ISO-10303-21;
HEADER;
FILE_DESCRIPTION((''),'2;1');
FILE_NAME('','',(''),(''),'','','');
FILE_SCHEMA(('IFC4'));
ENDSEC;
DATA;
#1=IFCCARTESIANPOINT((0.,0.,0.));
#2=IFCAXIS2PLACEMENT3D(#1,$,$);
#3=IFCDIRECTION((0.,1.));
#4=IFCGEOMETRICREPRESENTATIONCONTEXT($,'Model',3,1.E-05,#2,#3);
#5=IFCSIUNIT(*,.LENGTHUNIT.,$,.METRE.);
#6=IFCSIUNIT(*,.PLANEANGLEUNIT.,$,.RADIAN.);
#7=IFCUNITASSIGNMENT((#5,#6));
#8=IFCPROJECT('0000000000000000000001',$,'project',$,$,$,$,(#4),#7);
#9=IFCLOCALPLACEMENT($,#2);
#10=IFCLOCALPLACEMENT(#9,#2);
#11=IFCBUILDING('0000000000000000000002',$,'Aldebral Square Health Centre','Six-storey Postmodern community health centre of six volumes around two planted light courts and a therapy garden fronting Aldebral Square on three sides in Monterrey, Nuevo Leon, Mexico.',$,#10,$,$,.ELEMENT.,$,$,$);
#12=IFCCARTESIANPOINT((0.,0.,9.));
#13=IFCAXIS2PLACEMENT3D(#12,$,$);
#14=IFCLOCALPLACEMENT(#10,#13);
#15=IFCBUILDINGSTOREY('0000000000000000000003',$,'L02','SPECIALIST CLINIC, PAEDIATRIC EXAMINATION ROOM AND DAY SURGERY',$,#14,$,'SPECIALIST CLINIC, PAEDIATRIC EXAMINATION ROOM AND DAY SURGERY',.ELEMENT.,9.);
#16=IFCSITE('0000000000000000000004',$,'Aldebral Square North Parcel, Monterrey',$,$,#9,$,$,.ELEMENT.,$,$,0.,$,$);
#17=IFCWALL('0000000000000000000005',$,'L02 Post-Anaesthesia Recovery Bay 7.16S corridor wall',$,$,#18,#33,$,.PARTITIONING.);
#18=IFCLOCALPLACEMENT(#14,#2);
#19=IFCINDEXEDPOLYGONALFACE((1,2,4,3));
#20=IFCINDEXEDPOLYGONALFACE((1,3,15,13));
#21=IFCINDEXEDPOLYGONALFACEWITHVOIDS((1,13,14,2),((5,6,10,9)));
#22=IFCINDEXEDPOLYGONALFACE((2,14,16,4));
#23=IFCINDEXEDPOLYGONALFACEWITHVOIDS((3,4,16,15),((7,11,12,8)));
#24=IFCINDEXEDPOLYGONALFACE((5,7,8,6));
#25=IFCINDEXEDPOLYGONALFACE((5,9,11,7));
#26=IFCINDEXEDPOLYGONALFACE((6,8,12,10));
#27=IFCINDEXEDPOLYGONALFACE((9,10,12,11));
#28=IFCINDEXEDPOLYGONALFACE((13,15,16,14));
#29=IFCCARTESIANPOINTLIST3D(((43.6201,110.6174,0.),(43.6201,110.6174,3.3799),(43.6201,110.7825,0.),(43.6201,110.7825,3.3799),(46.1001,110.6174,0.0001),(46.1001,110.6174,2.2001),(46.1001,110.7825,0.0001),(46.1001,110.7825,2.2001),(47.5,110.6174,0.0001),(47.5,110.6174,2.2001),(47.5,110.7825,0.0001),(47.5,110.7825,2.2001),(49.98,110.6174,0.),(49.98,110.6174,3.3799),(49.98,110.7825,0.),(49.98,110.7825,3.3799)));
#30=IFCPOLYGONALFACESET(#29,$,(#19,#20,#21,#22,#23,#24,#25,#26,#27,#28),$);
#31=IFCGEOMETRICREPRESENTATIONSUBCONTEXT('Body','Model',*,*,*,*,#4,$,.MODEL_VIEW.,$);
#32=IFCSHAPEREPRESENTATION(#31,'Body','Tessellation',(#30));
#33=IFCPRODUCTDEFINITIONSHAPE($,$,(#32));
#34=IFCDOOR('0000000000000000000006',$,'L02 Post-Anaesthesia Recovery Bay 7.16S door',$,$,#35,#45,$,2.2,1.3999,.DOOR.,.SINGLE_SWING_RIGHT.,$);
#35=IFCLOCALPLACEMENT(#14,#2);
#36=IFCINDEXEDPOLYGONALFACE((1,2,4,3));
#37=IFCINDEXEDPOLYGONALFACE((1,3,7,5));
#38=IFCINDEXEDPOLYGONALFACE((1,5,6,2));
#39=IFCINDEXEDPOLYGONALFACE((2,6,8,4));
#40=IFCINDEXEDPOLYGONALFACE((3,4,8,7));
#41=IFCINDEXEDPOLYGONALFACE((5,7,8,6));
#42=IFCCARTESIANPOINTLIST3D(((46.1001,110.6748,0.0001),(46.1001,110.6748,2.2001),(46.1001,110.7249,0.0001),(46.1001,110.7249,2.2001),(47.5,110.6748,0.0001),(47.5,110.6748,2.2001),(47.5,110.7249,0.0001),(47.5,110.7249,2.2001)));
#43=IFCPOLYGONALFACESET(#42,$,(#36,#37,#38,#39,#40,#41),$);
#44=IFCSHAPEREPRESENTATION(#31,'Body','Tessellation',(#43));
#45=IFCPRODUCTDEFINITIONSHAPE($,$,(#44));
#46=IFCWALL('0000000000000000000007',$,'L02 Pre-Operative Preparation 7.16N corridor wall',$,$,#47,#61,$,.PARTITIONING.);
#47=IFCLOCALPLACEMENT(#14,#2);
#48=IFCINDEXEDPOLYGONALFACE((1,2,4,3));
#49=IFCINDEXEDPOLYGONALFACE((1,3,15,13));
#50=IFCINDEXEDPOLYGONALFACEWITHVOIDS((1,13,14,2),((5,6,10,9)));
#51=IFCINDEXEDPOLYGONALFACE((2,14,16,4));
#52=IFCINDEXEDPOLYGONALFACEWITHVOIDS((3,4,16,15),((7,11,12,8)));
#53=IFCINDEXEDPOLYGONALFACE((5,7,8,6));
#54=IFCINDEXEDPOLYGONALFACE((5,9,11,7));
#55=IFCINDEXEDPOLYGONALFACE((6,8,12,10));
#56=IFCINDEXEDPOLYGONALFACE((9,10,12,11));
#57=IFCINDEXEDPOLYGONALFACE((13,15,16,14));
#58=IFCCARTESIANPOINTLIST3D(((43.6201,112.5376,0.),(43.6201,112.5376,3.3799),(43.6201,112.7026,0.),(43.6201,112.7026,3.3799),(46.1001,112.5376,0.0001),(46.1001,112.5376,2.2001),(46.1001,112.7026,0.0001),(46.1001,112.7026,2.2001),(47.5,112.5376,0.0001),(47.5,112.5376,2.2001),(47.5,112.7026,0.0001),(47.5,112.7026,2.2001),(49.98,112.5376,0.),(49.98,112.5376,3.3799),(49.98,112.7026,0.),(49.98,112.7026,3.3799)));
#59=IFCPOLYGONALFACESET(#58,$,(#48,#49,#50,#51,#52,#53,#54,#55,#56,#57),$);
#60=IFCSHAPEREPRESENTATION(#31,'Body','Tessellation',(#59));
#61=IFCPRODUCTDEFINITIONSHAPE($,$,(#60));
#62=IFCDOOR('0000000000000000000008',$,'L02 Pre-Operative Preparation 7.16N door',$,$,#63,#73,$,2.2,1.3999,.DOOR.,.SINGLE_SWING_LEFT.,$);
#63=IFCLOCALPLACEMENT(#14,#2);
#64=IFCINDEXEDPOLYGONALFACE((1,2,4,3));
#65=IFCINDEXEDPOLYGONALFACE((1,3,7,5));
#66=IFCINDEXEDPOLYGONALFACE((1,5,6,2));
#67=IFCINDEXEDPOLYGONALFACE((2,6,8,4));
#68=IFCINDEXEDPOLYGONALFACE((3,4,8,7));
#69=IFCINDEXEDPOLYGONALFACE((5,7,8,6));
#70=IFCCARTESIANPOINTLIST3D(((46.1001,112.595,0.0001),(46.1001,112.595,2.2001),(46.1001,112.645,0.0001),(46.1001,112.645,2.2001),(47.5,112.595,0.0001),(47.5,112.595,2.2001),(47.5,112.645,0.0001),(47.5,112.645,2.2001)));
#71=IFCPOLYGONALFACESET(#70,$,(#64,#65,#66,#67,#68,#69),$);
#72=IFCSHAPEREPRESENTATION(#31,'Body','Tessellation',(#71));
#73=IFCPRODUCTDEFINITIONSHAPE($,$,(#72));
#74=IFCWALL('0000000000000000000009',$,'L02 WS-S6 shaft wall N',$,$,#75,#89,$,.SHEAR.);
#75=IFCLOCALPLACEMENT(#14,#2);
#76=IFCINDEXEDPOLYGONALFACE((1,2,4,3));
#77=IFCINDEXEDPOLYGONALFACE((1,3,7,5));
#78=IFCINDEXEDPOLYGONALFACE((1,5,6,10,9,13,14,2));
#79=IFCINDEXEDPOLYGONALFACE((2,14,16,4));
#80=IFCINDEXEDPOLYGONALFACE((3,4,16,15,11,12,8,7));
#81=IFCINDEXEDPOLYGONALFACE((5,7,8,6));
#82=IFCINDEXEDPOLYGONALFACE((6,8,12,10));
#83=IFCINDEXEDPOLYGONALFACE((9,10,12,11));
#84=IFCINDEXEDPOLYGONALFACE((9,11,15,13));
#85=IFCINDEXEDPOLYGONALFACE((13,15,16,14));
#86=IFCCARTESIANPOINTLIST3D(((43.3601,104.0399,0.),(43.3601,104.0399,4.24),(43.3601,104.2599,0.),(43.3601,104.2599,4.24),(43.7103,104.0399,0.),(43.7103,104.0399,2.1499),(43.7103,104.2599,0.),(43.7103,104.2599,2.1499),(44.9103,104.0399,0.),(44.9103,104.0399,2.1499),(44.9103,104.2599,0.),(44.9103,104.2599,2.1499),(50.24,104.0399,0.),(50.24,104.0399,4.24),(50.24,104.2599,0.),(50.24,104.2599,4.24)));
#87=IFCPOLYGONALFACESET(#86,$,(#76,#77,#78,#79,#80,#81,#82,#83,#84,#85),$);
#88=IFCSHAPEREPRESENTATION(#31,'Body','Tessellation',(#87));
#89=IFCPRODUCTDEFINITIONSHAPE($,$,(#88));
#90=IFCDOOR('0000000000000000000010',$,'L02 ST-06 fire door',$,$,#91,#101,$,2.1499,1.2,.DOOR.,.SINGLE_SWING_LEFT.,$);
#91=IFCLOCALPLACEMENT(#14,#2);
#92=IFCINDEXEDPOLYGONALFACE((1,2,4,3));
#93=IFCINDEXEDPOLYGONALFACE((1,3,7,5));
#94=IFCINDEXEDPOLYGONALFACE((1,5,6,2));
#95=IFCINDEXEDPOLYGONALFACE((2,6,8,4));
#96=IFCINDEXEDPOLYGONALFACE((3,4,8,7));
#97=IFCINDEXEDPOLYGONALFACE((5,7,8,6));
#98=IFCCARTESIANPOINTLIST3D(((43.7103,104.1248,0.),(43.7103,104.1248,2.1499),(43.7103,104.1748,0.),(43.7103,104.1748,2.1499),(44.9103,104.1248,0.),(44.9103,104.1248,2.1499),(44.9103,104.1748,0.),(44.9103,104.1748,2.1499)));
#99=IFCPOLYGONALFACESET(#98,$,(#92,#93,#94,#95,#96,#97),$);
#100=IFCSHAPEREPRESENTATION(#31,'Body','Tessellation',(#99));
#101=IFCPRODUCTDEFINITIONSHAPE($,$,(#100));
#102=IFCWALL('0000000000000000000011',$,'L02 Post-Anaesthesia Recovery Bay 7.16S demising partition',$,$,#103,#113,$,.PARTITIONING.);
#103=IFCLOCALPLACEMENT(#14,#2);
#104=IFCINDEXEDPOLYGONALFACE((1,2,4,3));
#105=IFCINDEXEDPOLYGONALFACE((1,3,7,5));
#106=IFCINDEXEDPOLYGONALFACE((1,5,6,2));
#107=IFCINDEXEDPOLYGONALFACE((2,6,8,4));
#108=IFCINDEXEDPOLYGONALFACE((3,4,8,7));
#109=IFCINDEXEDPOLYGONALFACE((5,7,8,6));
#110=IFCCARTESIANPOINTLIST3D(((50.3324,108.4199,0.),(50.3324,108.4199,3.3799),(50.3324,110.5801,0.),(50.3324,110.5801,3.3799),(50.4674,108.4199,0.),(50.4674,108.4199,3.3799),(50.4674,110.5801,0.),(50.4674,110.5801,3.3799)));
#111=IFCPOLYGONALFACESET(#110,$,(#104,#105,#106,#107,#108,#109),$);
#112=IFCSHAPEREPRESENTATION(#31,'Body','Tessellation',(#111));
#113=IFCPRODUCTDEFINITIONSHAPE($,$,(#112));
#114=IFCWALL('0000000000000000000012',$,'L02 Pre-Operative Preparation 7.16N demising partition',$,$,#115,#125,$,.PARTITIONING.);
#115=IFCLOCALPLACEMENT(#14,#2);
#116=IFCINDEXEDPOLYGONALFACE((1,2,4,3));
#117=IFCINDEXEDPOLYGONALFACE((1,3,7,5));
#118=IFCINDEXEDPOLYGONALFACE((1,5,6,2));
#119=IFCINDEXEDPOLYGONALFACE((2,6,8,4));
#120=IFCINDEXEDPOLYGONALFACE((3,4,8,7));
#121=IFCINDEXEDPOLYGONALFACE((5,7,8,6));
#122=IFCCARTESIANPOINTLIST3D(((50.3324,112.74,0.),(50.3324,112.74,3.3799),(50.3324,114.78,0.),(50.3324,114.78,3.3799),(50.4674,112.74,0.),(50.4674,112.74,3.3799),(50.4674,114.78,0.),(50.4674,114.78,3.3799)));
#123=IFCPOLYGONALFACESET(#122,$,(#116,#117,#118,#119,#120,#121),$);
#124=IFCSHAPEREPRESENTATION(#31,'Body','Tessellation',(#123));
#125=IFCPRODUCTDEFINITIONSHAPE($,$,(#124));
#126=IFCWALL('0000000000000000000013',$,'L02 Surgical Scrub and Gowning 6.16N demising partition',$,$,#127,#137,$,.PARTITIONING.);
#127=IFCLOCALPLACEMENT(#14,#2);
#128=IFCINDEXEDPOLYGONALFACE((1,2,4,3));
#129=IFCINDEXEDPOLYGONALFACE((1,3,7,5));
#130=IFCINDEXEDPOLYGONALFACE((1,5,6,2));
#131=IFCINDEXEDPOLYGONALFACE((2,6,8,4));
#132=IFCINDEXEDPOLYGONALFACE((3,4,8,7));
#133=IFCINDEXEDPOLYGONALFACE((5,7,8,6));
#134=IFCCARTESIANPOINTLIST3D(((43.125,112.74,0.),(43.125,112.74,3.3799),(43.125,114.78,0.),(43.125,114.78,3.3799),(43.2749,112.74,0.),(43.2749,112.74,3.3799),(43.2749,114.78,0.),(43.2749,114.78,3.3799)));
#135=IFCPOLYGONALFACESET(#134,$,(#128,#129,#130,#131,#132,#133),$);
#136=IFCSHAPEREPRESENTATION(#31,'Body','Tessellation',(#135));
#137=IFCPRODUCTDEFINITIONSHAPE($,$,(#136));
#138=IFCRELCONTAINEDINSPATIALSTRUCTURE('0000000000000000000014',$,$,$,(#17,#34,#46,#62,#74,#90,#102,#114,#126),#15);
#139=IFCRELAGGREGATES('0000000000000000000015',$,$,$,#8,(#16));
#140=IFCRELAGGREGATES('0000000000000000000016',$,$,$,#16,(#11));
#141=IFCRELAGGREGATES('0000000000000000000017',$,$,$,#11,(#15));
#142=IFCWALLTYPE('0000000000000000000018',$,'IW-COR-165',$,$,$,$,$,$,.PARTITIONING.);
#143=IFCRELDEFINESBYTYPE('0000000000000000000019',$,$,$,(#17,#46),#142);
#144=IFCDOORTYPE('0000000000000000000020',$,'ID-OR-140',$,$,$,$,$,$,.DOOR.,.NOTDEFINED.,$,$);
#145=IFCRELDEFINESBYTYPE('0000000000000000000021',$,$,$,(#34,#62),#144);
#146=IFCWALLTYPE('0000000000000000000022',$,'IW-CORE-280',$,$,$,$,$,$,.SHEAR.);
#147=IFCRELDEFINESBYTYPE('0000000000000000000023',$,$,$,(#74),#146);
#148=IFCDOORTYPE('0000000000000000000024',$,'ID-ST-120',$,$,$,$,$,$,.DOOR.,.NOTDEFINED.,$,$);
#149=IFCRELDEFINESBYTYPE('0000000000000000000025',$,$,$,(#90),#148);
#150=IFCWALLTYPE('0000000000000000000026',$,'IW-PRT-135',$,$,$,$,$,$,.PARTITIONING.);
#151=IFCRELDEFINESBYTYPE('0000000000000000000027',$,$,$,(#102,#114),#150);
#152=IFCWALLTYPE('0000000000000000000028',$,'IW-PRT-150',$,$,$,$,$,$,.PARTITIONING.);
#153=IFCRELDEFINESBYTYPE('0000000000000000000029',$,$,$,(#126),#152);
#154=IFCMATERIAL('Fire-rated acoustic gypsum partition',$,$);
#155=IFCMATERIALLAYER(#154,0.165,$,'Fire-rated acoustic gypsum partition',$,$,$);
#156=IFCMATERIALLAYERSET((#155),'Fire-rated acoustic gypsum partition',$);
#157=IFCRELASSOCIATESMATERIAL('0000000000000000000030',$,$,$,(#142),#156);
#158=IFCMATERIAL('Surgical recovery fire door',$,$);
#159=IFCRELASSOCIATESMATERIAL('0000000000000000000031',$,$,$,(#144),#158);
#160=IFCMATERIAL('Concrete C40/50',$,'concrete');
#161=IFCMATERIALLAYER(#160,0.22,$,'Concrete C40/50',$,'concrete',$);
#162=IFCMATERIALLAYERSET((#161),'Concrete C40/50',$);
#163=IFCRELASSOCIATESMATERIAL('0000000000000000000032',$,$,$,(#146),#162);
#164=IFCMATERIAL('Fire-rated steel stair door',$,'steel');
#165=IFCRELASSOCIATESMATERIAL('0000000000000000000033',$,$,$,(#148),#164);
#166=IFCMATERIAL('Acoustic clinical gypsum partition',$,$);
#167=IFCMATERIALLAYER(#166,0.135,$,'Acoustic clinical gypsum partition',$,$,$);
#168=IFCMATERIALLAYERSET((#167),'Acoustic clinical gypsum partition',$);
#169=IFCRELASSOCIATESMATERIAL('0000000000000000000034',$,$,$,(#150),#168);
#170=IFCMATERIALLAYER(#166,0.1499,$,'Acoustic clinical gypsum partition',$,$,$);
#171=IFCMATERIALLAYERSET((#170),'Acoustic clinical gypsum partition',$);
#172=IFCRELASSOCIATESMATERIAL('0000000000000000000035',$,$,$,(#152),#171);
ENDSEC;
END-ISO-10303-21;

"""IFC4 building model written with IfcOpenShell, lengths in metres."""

from ifc_helpers import new_model, si_unit, direction, frame, frame_2d, origin, place, context, subcontext, project, spatial, rectangle, extrude, material, layer, layer_set, type_object, element, fill, save


model = new_model("IFC4")

# Units and contexts
model_context = context("Model", 3, precision=1e-05, world=origin(), true_north=direction((0.0, 1.0)))
body_context = subcontext(model_context, "Body", "Model", "MODEL_VIEW")
ifc_project = project(units=[si_unit("LENGTHUNIT", "METRE"), si_unit("PLANEANGLEUNIT", "RADIAN")], contexts=[model_context])

# Site, building, storey
site_placement = place(None, origin())
site = spatial("IfcSite", under=ifc_project, at=site_placement, Name="Aldebral Square North Parcel, Monterrey", CompositionType="ELEMENT", RefElevation=0.0)
building_placement = place(site_placement, origin())
building = spatial("IfcBuilding", under=site, at=building_placement, Name="Aldebral Square Health Centre", Description="Six-storey Postmodern community health centre of six volumes around two planted light courts and a therapy garden fronting Aldebral Square on three sides in Monterrey, Nuevo Leon, Mexico.", CompositionType="ELEMENT")
storey_placement = place(building_placement, frame((0.0, 0.0, 9.0)))
storey = spatial("IfcBuildingStorey", under=building, at=storey_placement, Name="L02", Description="SPECIALIST CLINIC, PAEDIATRIC EXAMINATION ROOM AND DAY SURGERY", LongName="SPECIALIST CLINIC, PAEDIATRIC EXAMINATION ROOM AND DAY SURGERY", CompositionType="ELEMENT", Elevation=9.0)

# Shared definitions
ifc_material_1 = material(Name="Concrete C40/50", Category="concrete")

# Walls, openings, doors
ifc_material_2 = material(Name="Fire-rated acoustic gypsum partition")
ifc_layer_1 = layer(ifc_material_2, 0.165, Name="Fire-rated acoustic gypsum partition")
ifc_layer_set_1 = layer_set([ifc_layer_1], Name="Fire-rated acoustic gypsum partition")
wall_type_1 = type_object("IfcWallType", Name="IW-COR-165", PredefinedType="PARTITIONING", material=ifc_layer_set_1)
wall_1_placement = place(storey_placement, frame((43.6201, 110.7, 0.0), z_axis=(0.0, 0.0, 1.0), x_axis=(1.0, 0.0, 0.0)))
wall_1 = element("IfcWall", 1, at=wall_1_placement, inside=storey, type_object=wall_type_1, Name="L02 Post-Anaesthesia Recovery Bay 7.16S corridor wall", PredefinedType="PARTITIONING", context=body_context, shape_type="SweptSolid", body=[
    extrude(rectangle(XDim=6.3599, YDim=0.165, at=frame_2d((3.1799, 0.0))), origin(), (0.0, 0.0, 1.0), 3.3799),
])
opening_1_placement = place(wall_1_placement, frame((2.48, 0.0, 0.0)))
opening_1 = element("IfcOpeningElement", 2, at=opening_1_placement, cuts=wall_1, PredefinedType="OPENING", context=body_context, shape_type="SweptSolid", body=[
    extrude(rectangle(XDim=1.3999, YDim=2.2, at=frame_2d((0.7, 1.1001))), frame((0.0, 0.0925, 0.0), z_axis=(0.0, -1.0, 0.0), x_axis=(1.0, 0.0, 0.0)), (0.0, 0.0, 1.0), 0.1851),
])
ifc_material_3 = material(Name="Surgical recovery fire door")
door_type_1 = type_object("IfcDoorType", Name="ID-OR-140", OperationType="NOTDEFINED", PredefinedType="DOOR", material=ifc_material_3)
door_1_placement = place(opening_1_placement, origin())
door_1 = element("IfcDoor", 3, at=door_1_placement, inside=storey, type_object=door_type_1, Name="L02 Post-Anaesthesia Recovery Bay 7.16S door", OperationType="SINGLE_SWING_RIGHT", OverallHeight=2.2, OverallWidth=1.3999, PredefinedType="DOOR", context=body_context, shape_type="SweptSolid", body=[
    extrude(rectangle(XDim=1.3999, YDim=2.2, at=frame_2d((0.7, 1.1001))), frame((0.0, 0.0249, 0.0), z_axis=(0.0, -1.0, 0.0), x_axis=(1.0, 0.0, 0.0)), (0.0, 0.0, 1.0), 0.05),
])
fill(opening_1, door_1)
wall_2_placement = place(storey_placement, frame((43.6201, 112.6201, 0.0), z_axis=(0.0, 0.0, 1.0), x_axis=(1.0, 0.0, 0.0)))
wall_2 = element("IfcWall", 4, at=wall_2_placement, inside=storey, type_object=wall_type_1, Name="L02 Pre-Operative Preparation 7.16N corridor wall", PredefinedType="PARTITIONING", context=body_context, shape_type="SweptSolid", body=[
    extrude(rectangle(XDim=6.3599, YDim=0.165, at=frame_2d((3.1799, 0.0))), origin(), (0.0, 0.0, 1.0), 3.3799),
])
opening_2_placement = place(wall_2_placement, frame((2.48, 0.0, 0.0)))
opening_2 = element("IfcOpeningElement", 5, at=opening_2_placement, cuts=wall_2, PredefinedType="OPENING", context=body_context, shape_type="SweptSolid", body=[
    extrude(rectangle(XDim=1.3999, YDim=2.2, at=frame_2d((0.7, 1.1001))), frame((0.0, 0.0925, 0.0), z_axis=(0.0, -1.0, 0.0), x_axis=(1.0, 0.0, 0.0)), (0.0, 0.0, 1.0), 0.1851),
])
door_2_placement = place(opening_2_placement, origin())
door_2 = element("IfcDoor", 6, at=door_2_placement, inside=storey, type_object=door_type_1, Name="L02 Pre-Operative Preparation 7.16N door", OperationType="SINGLE_SWING_LEFT", OverallHeight=2.2, OverallWidth=1.3999, PredefinedType="DOOR", context=body_context, shape_type="SweptSolid", body=[
    extrude(rectangle(XDim=1.3999, YDim=2.2, at=frame_2d((0.7, 1.1001))), frame((0.0, 0.0249, 0.0), z_axis=(0.0, -1.0, 0.0), x_axis=(1.0, 0.0, 0.0)), (0.0, 0.0, 1.0), 0.05),
])
fill(opening_2, door_2)
ifc_layer_2 = layer(ifc_material_1, 0.22, Name="Concrete C40/50", Category="concrete")
ifc_layer_set_2 = layer_set([ifc_layer_2], Name="Concrete C40/50")
wall_type_2 = type_object("IfcWallType", Name="IW-CORE-280", PredefinedType="SHEAR", material=ifc_layer_set_2)
wall_3_placement = place(storey_placement, frame((43.3601, 104.1499, 0.0), z_axis=(0.0, 0.0, 1.0), x_axis=(1.0, 0.0, 0.0)))
wall_3 = element("IfcWall", 7, at=wall_3_placement, inside=storey, type_object=wall_type_2, Name="L02 WS-S6 shaft wall N", PredefinedType="SHEAR", context=body_context, shape_type="SweptSolid", body=[
    extrude(rectangle(XDim=6.8799, YDim=0.22, at=frame_2d((3.4399, 0.0))), origin(), (0.0, 0.0, 1.0), 4.24),
])
opening_3_placement = place(wall_3_placement, frame((0.3501, 0.0, 0.0)))
opening_3 = element("IfcOpeningElement", 8, at=opening_3_placement, cuts=wall_3, PredefinedType="OPENING", context=body_context, shape_type="SweptSolid", body=[
    extrude(rectangle(XDim=1.2, YDim=2.1499, at=frame_2d((0.6001, 1.075))), frame((0.0, 0.1201, 0.0), z_axis=(0.0, -1.0, 0.0), x_axis=(1.0, 0.0, 0.0)), (0.0, 0.0, 1.0), 0.24),
])
ifc_material_4 = material(Name="Fire-rated steel stair door", Category="steel")
door_type_2 = type_object("IfcDoorType", Name="ID-ST-120", OperationType="NOTDEFINED", PredefinedType="DOOR", material=ifc_material_4)
door_3_placement = place(opening_3_placement, origin())
door_3 = element("IfcDoor", 9, at=door_3_placement, inside=storey, type_object=door_type_2, Name="L02 ST-06 fire door", OperationType="SINGLE_SWING_LEFT", OverallHeight=2.1499, OverallWidth=1.2, PredefinedType="DOOR", context=body_context, shape_type="SweptSolid", body=[
    extrude(rectangle(XDim=1.2, YDim=2.1499, at=frame_2d((0.6001, 1.075))), frame((0.0, 0.0249, 0.0), z_axis=(0.0, -1.0, 0.0), x_axis=(1.0, 0.0, 0.0)), (0.0, 0.0, 1.0), 0.05),
])
fill(opening_3, door_3)

# Walls
ifc_material_5 = material(Name="Acoustic clinical gypsum partition")
ifc_layer_3 = layer(ifc_material_5, 0.135, Name="Acoustic clinical gypsum partition")
ifc_layer_set_3 = layer_set([ifc_layer_3], Name="Acoustic clinical gypsum partition")
wall_type_3 = type_object("IfcWallType", Name="IW-PRT-135", PredefinedType="PARTITIONING", material=ifc_layer_set_3)
wall_4_placement = place(storey_placement, frame((50.3999, 108.4199, 0.0), z_axis=(0.0, 0.0, 1.0), x_axis=(0.0, 1.0, 0.0)))
element("IfcWall", 10, at=wall_4_placement, inside=storey, type_object=wall_type_3, Name="L02 Post-Anaesthesia Recovery Bay 7.16S demising partition", PredefinedType="PARTITIONING", context=body_context, shape_type="SweptSolid", body=[
    extrude(rectangle(XDim=2.1602, YDim=0.135, at=frame_2d((1.0801, 0.0))), origin(), (0.0, 0.0, 1.0), 3.3799),
])
wall_5_placement = place(storey_placement, frame((50.3999, 112.74, 0.0), z_axis=(0.0, 0.0, 1.0), x_axis=(0.0, 1.0, 0.0)))
element("IfcWall", 11, at=wall_5_placement, inside=storey, type_object=wall_type_3, Name="L02 Pre-Operative Preparation 7.16N demising partition", PredefinedType="PARTITIONING", context=body_context, shape_type="SweptSolid", body=[
    extrude(rectangle(XDim=2.04, YDim=0.135, at=frame_2d((1.02, 0.0))), origin(), (0.0, 0.0, 1.0), 3.3799),
])
ifc_layer_4 = layer(ifc_material_5, 0.1499, Name="Acoustic clinical gypsum partition")
ifc_layer_set_4 = layer_set([ifc_layer_4], Name="Acoustic clinical gypsum partition")
wall_type_4 = type_object("IfcWallType", Name="IW-PRT-150", PredefinedType="PARTITIONING", material=ifc_layer_set_4)
wall_6_placement = place(storey_placement, frame((43.2, 112.74, 0.0), z_axis=(0.0, 0.0, 1.0), x_axis=(0.0, 1.0, 0.0)))
element("IfcWall", 12, at=wall_6_placement, inside=storey, type_object=wall_type_4, Name="L02 Surgical Scrub and Gowning 6.16N demising partition", PredefinedType="PARTITIONING", context=body_context, shape_type="SweptSolid", body=[
    extrude(rectangle(XDim=2.04, YDim=0.1499, at=frame_2d((1.02, 0.0))), origin(), (0.0, 0.0, 1.0), 3.3799),
])

save(model, "model.ifc")
